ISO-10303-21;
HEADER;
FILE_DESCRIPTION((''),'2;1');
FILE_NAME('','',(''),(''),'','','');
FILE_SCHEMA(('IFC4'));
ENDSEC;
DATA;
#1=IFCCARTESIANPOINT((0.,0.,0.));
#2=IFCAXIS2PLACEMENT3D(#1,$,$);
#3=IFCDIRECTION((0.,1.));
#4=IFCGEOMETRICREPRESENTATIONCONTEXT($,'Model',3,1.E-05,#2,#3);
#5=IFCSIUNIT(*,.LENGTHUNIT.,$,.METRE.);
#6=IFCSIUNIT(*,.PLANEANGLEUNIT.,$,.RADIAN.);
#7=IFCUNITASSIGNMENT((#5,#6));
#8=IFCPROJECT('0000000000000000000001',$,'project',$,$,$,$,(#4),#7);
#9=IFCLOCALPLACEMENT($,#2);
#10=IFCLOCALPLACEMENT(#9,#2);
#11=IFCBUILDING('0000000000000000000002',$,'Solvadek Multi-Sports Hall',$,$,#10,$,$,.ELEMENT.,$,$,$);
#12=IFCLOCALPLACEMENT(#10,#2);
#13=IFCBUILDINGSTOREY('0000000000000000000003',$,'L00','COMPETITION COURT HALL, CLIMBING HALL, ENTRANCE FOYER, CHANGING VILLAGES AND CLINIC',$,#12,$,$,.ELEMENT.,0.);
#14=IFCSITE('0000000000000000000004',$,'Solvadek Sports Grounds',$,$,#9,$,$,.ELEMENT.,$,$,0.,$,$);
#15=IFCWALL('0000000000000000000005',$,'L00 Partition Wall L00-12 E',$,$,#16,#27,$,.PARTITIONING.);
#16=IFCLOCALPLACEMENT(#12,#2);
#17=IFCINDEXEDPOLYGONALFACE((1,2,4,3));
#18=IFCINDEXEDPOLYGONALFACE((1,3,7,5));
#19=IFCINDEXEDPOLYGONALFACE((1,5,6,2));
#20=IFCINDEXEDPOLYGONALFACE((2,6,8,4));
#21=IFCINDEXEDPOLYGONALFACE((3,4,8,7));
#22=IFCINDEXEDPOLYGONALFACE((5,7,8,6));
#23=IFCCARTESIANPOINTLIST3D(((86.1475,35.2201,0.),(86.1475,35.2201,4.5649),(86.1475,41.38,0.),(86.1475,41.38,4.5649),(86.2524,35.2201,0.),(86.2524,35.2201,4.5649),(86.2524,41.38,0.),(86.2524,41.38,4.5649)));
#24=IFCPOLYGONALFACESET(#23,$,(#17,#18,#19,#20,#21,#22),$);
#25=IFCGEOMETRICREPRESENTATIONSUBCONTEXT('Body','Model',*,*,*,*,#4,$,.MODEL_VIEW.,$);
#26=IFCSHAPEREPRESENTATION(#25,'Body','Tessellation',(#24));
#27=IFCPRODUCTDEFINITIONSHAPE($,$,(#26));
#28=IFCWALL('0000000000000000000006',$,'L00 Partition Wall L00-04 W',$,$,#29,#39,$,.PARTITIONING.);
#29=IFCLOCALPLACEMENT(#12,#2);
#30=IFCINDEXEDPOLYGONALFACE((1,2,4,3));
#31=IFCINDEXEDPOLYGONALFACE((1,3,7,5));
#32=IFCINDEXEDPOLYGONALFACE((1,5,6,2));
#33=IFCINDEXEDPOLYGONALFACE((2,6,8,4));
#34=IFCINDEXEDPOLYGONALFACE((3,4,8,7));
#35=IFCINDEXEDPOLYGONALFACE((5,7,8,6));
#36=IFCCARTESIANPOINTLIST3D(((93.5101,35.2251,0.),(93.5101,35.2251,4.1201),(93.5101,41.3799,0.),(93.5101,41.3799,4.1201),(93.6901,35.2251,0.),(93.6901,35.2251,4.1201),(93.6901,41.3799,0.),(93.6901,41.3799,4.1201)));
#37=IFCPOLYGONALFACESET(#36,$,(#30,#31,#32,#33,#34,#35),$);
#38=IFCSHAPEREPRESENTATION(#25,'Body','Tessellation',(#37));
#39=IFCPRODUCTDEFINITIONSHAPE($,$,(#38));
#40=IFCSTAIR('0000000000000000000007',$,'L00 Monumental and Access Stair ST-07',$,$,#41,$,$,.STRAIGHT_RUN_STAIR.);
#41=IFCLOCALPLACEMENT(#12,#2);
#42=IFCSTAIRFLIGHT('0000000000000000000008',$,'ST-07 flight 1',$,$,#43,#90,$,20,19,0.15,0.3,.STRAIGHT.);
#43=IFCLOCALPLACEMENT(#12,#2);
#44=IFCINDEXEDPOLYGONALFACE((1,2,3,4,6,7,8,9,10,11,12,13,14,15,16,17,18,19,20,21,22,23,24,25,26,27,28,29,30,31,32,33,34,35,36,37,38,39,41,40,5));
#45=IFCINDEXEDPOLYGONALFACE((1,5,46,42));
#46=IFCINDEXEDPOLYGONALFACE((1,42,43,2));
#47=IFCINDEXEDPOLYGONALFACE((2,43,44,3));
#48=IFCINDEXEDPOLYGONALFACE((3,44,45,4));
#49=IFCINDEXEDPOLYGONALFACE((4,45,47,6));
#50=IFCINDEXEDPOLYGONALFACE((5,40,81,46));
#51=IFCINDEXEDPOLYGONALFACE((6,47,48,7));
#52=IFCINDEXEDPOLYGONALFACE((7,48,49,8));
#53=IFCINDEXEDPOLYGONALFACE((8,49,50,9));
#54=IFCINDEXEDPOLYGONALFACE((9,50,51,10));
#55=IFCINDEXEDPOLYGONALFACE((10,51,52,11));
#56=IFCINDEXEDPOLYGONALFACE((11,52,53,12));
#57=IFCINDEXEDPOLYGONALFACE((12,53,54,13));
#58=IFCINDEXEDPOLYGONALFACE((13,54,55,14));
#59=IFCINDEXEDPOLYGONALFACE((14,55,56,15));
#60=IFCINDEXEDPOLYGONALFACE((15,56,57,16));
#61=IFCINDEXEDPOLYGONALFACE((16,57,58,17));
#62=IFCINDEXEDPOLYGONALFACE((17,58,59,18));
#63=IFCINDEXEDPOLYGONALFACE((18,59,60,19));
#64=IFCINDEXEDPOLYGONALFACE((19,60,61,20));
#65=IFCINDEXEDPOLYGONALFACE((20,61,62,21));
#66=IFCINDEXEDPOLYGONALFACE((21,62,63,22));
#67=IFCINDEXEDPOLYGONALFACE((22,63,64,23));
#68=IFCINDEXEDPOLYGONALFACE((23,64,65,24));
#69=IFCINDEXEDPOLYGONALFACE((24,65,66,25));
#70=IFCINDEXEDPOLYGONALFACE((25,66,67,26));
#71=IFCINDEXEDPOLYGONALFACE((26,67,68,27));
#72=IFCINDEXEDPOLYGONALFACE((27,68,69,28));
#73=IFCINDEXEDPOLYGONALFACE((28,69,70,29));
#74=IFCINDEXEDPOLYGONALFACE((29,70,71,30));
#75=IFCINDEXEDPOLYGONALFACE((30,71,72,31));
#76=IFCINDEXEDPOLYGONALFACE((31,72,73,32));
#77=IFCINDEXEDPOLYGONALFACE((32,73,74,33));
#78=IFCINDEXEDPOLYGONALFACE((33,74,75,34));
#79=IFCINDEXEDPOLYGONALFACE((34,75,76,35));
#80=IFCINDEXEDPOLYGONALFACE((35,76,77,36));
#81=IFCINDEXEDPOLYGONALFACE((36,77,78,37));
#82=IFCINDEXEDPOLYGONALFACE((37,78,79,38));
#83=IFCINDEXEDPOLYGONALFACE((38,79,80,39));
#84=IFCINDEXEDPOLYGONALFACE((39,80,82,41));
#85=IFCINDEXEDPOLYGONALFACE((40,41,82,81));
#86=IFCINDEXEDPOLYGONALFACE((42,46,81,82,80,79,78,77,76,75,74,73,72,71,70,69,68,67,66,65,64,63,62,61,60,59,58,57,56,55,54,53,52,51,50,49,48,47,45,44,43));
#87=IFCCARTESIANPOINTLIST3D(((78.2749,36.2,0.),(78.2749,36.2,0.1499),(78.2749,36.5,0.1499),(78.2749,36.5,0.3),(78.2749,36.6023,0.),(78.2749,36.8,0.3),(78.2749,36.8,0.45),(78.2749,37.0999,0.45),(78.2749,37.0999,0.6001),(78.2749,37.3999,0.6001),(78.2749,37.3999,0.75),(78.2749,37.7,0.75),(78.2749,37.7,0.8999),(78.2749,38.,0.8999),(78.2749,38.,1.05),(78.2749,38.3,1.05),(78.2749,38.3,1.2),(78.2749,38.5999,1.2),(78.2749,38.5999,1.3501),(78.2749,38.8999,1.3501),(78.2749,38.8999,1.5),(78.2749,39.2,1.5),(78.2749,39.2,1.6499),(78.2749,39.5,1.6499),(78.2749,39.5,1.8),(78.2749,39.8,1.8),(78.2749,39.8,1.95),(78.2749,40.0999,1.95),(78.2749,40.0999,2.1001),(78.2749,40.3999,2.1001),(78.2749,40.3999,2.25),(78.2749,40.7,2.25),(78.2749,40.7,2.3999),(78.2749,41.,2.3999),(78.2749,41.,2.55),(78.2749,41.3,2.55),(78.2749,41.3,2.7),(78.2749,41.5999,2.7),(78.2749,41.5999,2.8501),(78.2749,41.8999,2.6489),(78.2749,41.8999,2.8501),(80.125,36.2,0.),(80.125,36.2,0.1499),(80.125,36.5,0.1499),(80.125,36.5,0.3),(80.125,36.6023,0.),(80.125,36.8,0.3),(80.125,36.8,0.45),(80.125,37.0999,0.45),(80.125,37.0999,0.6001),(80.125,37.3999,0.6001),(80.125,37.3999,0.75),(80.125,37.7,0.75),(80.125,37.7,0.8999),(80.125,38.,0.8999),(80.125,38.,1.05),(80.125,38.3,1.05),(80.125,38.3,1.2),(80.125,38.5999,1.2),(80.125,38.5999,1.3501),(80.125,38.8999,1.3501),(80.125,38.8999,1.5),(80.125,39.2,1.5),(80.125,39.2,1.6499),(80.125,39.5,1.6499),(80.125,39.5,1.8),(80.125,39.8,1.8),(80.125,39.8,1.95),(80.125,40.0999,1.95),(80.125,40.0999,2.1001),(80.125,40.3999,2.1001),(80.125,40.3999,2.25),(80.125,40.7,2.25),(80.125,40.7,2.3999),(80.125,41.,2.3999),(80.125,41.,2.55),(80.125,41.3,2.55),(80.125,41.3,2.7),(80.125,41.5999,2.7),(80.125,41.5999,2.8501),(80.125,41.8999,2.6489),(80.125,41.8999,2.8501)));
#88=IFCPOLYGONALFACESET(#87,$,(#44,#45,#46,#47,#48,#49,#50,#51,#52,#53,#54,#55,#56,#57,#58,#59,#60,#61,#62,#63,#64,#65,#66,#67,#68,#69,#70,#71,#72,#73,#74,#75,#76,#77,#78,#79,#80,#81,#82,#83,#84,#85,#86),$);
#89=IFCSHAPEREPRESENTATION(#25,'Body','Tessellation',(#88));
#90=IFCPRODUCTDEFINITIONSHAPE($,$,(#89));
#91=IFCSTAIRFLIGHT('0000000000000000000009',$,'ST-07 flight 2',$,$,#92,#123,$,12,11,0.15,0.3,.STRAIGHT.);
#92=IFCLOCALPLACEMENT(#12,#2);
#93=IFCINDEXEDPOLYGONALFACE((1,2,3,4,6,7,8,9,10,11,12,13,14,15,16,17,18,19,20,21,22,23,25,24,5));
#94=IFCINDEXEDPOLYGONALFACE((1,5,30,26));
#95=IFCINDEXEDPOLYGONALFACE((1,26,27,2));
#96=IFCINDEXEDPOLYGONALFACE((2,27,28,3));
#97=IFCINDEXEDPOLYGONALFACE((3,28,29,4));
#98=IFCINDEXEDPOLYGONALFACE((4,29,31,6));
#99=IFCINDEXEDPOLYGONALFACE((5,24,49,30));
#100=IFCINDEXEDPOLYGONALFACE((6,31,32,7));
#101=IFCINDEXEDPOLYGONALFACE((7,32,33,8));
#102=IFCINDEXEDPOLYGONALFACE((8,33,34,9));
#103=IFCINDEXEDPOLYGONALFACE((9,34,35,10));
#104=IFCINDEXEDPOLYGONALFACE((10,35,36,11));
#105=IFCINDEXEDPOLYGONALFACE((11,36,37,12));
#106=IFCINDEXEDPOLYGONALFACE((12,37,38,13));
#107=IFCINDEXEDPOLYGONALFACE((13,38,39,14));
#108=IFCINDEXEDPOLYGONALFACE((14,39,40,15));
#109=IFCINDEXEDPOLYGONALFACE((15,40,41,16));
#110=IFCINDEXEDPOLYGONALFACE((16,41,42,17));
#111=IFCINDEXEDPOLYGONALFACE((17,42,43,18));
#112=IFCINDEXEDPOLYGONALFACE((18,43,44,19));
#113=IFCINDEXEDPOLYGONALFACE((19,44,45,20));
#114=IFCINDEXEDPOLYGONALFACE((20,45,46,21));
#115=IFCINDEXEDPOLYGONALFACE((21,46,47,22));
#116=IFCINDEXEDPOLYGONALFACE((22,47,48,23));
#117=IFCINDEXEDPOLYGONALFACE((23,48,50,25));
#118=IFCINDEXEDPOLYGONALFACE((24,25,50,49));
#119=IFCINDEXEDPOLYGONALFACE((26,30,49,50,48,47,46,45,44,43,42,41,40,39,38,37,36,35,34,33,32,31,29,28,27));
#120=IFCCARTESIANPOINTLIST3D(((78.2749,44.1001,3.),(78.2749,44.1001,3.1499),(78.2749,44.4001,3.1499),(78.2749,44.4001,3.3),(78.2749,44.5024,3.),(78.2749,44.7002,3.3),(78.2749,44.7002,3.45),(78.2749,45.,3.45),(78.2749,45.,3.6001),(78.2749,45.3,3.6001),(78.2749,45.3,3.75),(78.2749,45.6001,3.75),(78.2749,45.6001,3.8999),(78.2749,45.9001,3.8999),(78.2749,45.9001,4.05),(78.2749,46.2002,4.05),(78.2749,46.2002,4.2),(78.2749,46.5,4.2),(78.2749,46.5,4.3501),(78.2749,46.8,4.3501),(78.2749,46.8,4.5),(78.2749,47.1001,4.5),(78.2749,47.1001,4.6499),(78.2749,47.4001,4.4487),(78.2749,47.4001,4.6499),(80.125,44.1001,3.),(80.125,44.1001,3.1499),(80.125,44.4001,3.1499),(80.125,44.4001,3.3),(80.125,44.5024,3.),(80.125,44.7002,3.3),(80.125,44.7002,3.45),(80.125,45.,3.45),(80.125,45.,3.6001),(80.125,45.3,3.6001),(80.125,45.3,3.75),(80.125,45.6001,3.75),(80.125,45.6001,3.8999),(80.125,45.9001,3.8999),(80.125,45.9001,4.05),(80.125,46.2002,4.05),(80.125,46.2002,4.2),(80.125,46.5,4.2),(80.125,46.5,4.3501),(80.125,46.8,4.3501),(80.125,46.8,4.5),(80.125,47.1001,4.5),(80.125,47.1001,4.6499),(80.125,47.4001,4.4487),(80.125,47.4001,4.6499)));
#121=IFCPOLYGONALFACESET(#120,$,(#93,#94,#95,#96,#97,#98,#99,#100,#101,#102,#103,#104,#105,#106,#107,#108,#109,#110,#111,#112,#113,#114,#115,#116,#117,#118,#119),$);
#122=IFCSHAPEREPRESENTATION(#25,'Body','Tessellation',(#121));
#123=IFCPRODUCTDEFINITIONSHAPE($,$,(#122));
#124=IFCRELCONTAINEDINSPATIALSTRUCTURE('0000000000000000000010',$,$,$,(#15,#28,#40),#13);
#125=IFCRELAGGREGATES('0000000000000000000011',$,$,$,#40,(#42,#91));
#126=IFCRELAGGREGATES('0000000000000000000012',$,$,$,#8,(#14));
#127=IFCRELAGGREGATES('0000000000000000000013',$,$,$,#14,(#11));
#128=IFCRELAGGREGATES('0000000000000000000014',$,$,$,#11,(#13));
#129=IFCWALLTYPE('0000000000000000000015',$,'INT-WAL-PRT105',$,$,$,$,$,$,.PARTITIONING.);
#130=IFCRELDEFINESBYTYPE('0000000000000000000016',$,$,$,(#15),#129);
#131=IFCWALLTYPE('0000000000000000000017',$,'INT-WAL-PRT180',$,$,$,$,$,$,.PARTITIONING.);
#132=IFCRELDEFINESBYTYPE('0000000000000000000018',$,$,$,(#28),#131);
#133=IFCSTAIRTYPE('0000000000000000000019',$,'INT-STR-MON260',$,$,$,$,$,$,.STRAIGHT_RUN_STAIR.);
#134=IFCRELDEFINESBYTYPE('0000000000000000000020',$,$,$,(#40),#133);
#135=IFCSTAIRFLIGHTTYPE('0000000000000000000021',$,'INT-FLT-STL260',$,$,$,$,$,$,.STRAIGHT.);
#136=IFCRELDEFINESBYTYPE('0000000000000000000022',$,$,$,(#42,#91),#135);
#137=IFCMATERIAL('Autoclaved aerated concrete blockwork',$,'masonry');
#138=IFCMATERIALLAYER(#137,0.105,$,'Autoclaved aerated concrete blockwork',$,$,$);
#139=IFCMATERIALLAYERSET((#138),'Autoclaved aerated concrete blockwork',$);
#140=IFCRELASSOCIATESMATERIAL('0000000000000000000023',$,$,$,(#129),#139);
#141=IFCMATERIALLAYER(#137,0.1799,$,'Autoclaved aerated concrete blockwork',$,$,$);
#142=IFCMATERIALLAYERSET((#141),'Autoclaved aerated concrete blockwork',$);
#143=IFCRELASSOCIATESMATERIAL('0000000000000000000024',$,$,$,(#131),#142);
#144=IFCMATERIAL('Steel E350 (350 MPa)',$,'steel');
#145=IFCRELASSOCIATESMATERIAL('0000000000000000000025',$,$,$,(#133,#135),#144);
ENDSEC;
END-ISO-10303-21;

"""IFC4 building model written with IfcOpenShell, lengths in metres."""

from ifc_helpers import new_model, si_unit, direction, frame, frame_2d, origin, place, context, subcontext, project, spatial, polyline, rectangle, outline, extrude, material, layer, layer_set, type_object, element, aggregate, save


model = new_model("IFC4")

# Units and contexts
model_context = context("Model", 3, precision=1e-05, world=origin(), true_north=direction((0.0, 1.0)))
body_context = subcontext(model_context, "Body", "Model", "MODEL_VIEW")
ifc_project = project(units=[si_unit("LENGTHUNIT", "METRE"), si_unit("PLANEANGLEUNIT", "RADIAN")], contexts=[model_context])

# Site, building, storey
site_placement = place(None, origin())
site = spatial("IfcSite", under=ifc_project, at=site_placement, Name="Solvadek Sports Grounds", CompositionType="ELEMENT", RefElevation=0.0)
building_placement = place(site_placement, origin())
building = spatial("IfcBuilding", under=site, at=building_placement, Name="Solvadek Multi-Sports Hall", CompositionType="ELEMENT")
storey_placement = place(building_placement, origin())
storey = spatial("IfcBuildingStorey", under=building, at=storey_placement, Name="L00", Description="COMPETITION COURT HALL, CLIMBING HALL, ENTRANCE FOYER, CHANGING VILLAGES AND CLINIC", CompositionType="ELEMENT", Elevation=0.0)

# Shared definitions
ifc_material_1 = material(Name="Steel E350 (350 MPa)", Category="steel")

# Walls
ifc_material_2 = material(Name="Autoclaved aerated concrete blockwork", Category="masonry")
ifc_layer_1 = layer(ifc_material_2, 0.105, Name="Autoclaved aerated concrete blockwork")
ifc_layer_set_1 = layer_set([ifc_layer_1], Name="Autoclaved aerated concrete blockwork")
wall_type_1 = type_object("IfcWallType", Name="INT-WAL-PRT105", PredefinedType="PARTITIONING", material=ifc_layer_set_1)
for number, where, z_axis, x_axis, name in (
    (1, (86.2, 35.22, 0.0), (0.0, 0.0, 1.0), (0.0, 1.0, 0.0), "L00 Partition Wall L00-12 E"),
):
    element("IfcWall", number, at=place(storey_placement, frame(where, z_axis=z_axis, x_axis=x_axis)), inside=storey, type_object=wall_type_1, Name=name, PredefinedType="PARTITIONING", context=body_context, shape_type="SweptSolid", body=[
        extrude(rectangle(XDim=6.1599, YDim=0.105, at=frame_2d((3.0801, 0.0))), origin(), (0.0, 0.0, 1.0), 4.5649),
    ])
ifc_layer_2 = layer(ifc_material_2, 0.1799, Name="Autoclaved aerated concrete blockwork")
ifc_layer_set_2 = layer_set([ifc_layer_2], Name="Autoclaved aerated concrete blockwork")
wall_type_2 = type_object("IfcWallType", Name="INT-WAL-PRT180", PredefinedType="PARTITIONING", material=ifc_layer_set_2)
wall_1_placement = place(storey_placement, frame((93.6001, 35.2251, 0.0), z_axis=(0.0, 0.0, 1.0), x_axis=(0.0, 1.0, 0.0)))
element("IfcWall", 2, at=wall_1_placement, inside=storey, type_object=wall_type_2, Name="L00 Partition Wall L00-04 W", PredefinedType="PARTITIONING", context=body_context, shape_type="SweptSolid", body=[
    extrude(rectangle(XDim=6.1548, YDim=0.1799, at=frame_2d((3.0774, 0.0))), origin(), (0.0, 0.0, 1.0), 4.1201),
])

# Stair, stair flights
stair_type = type_object("IfcStairType", Name="INT-STR-MON260", PredefinedType="STRAIGHT_RUN_STAIR", material=ifc_material_1)
stair_placement = place(storey_placement, origin())
stair = element("IfcStair", 3, at=stair_placement, inside=storey, type_object=stair_type, Name="L00 Monumental and Access Stair ST-07", PredefinedType="STRAIGHT_RUN_STAIR")
stair_flight_type = type_object("IfcStairFlightType", Name="INT-FLT-STL260", PredefinedType="STRAIGHT", material=ifc_material_1)
stair_flight_1_placement = place(storey_placement, frame((79.2, 36.2, 0.0), z_axis=(0.0, 0.0, 1.0), x_axis=(0.0, 1.0, 0.0)))
stair_flight_1 = element("IfcStairFlight", 4, at=stair_flight_1_placement, type_object=stair_flight_type, Name="ST-07 flight 1", NumberOfRisers=20, NumberOfTreads=19, PredefinedType="STRAIGHT", RiserHeight=0.15, TreadLength=0.3, context=body_context, shape_type="SweptSolid", body=[
    extrude(outline(polyline([(0.0, 0.0), (0.0, 0.1499), (0.3, 0.1499), (0.3, 0.3), (0.6001, 0.3), (0.6001, 0.45), (0.8999, 0.45), (0.8999, 0.6001), (1.2, 0.6001), (1.2, 0.75), (1.5, 0.75), (1.5, 0.8999), (1.8, 0.8999), (1.8, 1.05), (2.1001, 1.05), (2.1001, 1.2), (2.3999, 1.2), (2.3999, 1.3501), (2.7, 1.3501), (2.7, 1.5), (3.0, 1.5), (3.0, 1.6499), (3.3, 1.6499), (3.3, 1.8), (3.6001, 1.8), (3.6001, 1.95), (3.8999, 1.95), (3.8999, 2.1001), (4.2, 2.1001), (4.2, 2.25), (4.5, 2.25), (4.5, 2.3999), (4.8, 2.3999), (4.8, 2.55), (5.1001, 2.55), (5.1001, 2.7), (5.3999, 2.7), (5.3999, 2.8501), (5.7, 2.8501), (5.7, 3.0), (5.7, 2.6489), (0.4023, 0.0), (0.0, 0.0)])), frame((0.0, 0.925, 0.0), z_axis=(0.0, -1.0, 0.0), x_axis=(1.0, 0.0, 0.0)), (0.0, 0.0, 1.0), 1.8501),
])
stair_flight_2_placement = place(storey_placement, frame((79.2, 44.1001, 3.0), z_axis=(0.0, 0.0, 1.0), x_axis=(0.0, 1.0, 0.0)))
stair_flight_2 = element("IfcStairFlight", 5, at=stair_flight_2_placement, type_object=stair_flight_type, Name="ST-07 flight 2", NumberOfRisers=12, NumberOfTreads=11, PredefinedType="STRAIGHT", RiserHeight=0.15, TreadLength=0.3, context=body_context, shape_type="SweptSolid", body=[
    extrude(outline(polyline([(0.0, 0.0), (0.0, 0.1499), (0.3, 0.1499), (0.3, 0.3), (0.6001, 0.3), (0.6001, 0.45), (0.8999, 0.45), (0.8999, 0.6001), (1.2, 0.6001), (1.2, 0.75), (1.5, 0.75), (1.5, 0.8999), (1.8, 0.8999), (1.8, 1.05), (2.1001, 1.05), (2.1001, 1.2), (2.3999, 1.2), (2.3999, 1.3501), (2.7, 1.3501), (2.7, 1.5), (3.0, 1.5), (3.0, 1.6499), (3.3, 1.6499), (3.3, 1.8), (3.3, 1.4487), (0.4023, 0.0), (0.0, 0.0)])), frame((0.0, 0.925, 0.0), z_axis=(0.0, -1.0, 0.0), x_axis=(1.0, 0.0, 0.0)), (0.0, 0.0, 1.0), 1.8501),
])
aggregate(stair, [stair_flight_1, stair_flight_2])

save(model, "model.ifc")
